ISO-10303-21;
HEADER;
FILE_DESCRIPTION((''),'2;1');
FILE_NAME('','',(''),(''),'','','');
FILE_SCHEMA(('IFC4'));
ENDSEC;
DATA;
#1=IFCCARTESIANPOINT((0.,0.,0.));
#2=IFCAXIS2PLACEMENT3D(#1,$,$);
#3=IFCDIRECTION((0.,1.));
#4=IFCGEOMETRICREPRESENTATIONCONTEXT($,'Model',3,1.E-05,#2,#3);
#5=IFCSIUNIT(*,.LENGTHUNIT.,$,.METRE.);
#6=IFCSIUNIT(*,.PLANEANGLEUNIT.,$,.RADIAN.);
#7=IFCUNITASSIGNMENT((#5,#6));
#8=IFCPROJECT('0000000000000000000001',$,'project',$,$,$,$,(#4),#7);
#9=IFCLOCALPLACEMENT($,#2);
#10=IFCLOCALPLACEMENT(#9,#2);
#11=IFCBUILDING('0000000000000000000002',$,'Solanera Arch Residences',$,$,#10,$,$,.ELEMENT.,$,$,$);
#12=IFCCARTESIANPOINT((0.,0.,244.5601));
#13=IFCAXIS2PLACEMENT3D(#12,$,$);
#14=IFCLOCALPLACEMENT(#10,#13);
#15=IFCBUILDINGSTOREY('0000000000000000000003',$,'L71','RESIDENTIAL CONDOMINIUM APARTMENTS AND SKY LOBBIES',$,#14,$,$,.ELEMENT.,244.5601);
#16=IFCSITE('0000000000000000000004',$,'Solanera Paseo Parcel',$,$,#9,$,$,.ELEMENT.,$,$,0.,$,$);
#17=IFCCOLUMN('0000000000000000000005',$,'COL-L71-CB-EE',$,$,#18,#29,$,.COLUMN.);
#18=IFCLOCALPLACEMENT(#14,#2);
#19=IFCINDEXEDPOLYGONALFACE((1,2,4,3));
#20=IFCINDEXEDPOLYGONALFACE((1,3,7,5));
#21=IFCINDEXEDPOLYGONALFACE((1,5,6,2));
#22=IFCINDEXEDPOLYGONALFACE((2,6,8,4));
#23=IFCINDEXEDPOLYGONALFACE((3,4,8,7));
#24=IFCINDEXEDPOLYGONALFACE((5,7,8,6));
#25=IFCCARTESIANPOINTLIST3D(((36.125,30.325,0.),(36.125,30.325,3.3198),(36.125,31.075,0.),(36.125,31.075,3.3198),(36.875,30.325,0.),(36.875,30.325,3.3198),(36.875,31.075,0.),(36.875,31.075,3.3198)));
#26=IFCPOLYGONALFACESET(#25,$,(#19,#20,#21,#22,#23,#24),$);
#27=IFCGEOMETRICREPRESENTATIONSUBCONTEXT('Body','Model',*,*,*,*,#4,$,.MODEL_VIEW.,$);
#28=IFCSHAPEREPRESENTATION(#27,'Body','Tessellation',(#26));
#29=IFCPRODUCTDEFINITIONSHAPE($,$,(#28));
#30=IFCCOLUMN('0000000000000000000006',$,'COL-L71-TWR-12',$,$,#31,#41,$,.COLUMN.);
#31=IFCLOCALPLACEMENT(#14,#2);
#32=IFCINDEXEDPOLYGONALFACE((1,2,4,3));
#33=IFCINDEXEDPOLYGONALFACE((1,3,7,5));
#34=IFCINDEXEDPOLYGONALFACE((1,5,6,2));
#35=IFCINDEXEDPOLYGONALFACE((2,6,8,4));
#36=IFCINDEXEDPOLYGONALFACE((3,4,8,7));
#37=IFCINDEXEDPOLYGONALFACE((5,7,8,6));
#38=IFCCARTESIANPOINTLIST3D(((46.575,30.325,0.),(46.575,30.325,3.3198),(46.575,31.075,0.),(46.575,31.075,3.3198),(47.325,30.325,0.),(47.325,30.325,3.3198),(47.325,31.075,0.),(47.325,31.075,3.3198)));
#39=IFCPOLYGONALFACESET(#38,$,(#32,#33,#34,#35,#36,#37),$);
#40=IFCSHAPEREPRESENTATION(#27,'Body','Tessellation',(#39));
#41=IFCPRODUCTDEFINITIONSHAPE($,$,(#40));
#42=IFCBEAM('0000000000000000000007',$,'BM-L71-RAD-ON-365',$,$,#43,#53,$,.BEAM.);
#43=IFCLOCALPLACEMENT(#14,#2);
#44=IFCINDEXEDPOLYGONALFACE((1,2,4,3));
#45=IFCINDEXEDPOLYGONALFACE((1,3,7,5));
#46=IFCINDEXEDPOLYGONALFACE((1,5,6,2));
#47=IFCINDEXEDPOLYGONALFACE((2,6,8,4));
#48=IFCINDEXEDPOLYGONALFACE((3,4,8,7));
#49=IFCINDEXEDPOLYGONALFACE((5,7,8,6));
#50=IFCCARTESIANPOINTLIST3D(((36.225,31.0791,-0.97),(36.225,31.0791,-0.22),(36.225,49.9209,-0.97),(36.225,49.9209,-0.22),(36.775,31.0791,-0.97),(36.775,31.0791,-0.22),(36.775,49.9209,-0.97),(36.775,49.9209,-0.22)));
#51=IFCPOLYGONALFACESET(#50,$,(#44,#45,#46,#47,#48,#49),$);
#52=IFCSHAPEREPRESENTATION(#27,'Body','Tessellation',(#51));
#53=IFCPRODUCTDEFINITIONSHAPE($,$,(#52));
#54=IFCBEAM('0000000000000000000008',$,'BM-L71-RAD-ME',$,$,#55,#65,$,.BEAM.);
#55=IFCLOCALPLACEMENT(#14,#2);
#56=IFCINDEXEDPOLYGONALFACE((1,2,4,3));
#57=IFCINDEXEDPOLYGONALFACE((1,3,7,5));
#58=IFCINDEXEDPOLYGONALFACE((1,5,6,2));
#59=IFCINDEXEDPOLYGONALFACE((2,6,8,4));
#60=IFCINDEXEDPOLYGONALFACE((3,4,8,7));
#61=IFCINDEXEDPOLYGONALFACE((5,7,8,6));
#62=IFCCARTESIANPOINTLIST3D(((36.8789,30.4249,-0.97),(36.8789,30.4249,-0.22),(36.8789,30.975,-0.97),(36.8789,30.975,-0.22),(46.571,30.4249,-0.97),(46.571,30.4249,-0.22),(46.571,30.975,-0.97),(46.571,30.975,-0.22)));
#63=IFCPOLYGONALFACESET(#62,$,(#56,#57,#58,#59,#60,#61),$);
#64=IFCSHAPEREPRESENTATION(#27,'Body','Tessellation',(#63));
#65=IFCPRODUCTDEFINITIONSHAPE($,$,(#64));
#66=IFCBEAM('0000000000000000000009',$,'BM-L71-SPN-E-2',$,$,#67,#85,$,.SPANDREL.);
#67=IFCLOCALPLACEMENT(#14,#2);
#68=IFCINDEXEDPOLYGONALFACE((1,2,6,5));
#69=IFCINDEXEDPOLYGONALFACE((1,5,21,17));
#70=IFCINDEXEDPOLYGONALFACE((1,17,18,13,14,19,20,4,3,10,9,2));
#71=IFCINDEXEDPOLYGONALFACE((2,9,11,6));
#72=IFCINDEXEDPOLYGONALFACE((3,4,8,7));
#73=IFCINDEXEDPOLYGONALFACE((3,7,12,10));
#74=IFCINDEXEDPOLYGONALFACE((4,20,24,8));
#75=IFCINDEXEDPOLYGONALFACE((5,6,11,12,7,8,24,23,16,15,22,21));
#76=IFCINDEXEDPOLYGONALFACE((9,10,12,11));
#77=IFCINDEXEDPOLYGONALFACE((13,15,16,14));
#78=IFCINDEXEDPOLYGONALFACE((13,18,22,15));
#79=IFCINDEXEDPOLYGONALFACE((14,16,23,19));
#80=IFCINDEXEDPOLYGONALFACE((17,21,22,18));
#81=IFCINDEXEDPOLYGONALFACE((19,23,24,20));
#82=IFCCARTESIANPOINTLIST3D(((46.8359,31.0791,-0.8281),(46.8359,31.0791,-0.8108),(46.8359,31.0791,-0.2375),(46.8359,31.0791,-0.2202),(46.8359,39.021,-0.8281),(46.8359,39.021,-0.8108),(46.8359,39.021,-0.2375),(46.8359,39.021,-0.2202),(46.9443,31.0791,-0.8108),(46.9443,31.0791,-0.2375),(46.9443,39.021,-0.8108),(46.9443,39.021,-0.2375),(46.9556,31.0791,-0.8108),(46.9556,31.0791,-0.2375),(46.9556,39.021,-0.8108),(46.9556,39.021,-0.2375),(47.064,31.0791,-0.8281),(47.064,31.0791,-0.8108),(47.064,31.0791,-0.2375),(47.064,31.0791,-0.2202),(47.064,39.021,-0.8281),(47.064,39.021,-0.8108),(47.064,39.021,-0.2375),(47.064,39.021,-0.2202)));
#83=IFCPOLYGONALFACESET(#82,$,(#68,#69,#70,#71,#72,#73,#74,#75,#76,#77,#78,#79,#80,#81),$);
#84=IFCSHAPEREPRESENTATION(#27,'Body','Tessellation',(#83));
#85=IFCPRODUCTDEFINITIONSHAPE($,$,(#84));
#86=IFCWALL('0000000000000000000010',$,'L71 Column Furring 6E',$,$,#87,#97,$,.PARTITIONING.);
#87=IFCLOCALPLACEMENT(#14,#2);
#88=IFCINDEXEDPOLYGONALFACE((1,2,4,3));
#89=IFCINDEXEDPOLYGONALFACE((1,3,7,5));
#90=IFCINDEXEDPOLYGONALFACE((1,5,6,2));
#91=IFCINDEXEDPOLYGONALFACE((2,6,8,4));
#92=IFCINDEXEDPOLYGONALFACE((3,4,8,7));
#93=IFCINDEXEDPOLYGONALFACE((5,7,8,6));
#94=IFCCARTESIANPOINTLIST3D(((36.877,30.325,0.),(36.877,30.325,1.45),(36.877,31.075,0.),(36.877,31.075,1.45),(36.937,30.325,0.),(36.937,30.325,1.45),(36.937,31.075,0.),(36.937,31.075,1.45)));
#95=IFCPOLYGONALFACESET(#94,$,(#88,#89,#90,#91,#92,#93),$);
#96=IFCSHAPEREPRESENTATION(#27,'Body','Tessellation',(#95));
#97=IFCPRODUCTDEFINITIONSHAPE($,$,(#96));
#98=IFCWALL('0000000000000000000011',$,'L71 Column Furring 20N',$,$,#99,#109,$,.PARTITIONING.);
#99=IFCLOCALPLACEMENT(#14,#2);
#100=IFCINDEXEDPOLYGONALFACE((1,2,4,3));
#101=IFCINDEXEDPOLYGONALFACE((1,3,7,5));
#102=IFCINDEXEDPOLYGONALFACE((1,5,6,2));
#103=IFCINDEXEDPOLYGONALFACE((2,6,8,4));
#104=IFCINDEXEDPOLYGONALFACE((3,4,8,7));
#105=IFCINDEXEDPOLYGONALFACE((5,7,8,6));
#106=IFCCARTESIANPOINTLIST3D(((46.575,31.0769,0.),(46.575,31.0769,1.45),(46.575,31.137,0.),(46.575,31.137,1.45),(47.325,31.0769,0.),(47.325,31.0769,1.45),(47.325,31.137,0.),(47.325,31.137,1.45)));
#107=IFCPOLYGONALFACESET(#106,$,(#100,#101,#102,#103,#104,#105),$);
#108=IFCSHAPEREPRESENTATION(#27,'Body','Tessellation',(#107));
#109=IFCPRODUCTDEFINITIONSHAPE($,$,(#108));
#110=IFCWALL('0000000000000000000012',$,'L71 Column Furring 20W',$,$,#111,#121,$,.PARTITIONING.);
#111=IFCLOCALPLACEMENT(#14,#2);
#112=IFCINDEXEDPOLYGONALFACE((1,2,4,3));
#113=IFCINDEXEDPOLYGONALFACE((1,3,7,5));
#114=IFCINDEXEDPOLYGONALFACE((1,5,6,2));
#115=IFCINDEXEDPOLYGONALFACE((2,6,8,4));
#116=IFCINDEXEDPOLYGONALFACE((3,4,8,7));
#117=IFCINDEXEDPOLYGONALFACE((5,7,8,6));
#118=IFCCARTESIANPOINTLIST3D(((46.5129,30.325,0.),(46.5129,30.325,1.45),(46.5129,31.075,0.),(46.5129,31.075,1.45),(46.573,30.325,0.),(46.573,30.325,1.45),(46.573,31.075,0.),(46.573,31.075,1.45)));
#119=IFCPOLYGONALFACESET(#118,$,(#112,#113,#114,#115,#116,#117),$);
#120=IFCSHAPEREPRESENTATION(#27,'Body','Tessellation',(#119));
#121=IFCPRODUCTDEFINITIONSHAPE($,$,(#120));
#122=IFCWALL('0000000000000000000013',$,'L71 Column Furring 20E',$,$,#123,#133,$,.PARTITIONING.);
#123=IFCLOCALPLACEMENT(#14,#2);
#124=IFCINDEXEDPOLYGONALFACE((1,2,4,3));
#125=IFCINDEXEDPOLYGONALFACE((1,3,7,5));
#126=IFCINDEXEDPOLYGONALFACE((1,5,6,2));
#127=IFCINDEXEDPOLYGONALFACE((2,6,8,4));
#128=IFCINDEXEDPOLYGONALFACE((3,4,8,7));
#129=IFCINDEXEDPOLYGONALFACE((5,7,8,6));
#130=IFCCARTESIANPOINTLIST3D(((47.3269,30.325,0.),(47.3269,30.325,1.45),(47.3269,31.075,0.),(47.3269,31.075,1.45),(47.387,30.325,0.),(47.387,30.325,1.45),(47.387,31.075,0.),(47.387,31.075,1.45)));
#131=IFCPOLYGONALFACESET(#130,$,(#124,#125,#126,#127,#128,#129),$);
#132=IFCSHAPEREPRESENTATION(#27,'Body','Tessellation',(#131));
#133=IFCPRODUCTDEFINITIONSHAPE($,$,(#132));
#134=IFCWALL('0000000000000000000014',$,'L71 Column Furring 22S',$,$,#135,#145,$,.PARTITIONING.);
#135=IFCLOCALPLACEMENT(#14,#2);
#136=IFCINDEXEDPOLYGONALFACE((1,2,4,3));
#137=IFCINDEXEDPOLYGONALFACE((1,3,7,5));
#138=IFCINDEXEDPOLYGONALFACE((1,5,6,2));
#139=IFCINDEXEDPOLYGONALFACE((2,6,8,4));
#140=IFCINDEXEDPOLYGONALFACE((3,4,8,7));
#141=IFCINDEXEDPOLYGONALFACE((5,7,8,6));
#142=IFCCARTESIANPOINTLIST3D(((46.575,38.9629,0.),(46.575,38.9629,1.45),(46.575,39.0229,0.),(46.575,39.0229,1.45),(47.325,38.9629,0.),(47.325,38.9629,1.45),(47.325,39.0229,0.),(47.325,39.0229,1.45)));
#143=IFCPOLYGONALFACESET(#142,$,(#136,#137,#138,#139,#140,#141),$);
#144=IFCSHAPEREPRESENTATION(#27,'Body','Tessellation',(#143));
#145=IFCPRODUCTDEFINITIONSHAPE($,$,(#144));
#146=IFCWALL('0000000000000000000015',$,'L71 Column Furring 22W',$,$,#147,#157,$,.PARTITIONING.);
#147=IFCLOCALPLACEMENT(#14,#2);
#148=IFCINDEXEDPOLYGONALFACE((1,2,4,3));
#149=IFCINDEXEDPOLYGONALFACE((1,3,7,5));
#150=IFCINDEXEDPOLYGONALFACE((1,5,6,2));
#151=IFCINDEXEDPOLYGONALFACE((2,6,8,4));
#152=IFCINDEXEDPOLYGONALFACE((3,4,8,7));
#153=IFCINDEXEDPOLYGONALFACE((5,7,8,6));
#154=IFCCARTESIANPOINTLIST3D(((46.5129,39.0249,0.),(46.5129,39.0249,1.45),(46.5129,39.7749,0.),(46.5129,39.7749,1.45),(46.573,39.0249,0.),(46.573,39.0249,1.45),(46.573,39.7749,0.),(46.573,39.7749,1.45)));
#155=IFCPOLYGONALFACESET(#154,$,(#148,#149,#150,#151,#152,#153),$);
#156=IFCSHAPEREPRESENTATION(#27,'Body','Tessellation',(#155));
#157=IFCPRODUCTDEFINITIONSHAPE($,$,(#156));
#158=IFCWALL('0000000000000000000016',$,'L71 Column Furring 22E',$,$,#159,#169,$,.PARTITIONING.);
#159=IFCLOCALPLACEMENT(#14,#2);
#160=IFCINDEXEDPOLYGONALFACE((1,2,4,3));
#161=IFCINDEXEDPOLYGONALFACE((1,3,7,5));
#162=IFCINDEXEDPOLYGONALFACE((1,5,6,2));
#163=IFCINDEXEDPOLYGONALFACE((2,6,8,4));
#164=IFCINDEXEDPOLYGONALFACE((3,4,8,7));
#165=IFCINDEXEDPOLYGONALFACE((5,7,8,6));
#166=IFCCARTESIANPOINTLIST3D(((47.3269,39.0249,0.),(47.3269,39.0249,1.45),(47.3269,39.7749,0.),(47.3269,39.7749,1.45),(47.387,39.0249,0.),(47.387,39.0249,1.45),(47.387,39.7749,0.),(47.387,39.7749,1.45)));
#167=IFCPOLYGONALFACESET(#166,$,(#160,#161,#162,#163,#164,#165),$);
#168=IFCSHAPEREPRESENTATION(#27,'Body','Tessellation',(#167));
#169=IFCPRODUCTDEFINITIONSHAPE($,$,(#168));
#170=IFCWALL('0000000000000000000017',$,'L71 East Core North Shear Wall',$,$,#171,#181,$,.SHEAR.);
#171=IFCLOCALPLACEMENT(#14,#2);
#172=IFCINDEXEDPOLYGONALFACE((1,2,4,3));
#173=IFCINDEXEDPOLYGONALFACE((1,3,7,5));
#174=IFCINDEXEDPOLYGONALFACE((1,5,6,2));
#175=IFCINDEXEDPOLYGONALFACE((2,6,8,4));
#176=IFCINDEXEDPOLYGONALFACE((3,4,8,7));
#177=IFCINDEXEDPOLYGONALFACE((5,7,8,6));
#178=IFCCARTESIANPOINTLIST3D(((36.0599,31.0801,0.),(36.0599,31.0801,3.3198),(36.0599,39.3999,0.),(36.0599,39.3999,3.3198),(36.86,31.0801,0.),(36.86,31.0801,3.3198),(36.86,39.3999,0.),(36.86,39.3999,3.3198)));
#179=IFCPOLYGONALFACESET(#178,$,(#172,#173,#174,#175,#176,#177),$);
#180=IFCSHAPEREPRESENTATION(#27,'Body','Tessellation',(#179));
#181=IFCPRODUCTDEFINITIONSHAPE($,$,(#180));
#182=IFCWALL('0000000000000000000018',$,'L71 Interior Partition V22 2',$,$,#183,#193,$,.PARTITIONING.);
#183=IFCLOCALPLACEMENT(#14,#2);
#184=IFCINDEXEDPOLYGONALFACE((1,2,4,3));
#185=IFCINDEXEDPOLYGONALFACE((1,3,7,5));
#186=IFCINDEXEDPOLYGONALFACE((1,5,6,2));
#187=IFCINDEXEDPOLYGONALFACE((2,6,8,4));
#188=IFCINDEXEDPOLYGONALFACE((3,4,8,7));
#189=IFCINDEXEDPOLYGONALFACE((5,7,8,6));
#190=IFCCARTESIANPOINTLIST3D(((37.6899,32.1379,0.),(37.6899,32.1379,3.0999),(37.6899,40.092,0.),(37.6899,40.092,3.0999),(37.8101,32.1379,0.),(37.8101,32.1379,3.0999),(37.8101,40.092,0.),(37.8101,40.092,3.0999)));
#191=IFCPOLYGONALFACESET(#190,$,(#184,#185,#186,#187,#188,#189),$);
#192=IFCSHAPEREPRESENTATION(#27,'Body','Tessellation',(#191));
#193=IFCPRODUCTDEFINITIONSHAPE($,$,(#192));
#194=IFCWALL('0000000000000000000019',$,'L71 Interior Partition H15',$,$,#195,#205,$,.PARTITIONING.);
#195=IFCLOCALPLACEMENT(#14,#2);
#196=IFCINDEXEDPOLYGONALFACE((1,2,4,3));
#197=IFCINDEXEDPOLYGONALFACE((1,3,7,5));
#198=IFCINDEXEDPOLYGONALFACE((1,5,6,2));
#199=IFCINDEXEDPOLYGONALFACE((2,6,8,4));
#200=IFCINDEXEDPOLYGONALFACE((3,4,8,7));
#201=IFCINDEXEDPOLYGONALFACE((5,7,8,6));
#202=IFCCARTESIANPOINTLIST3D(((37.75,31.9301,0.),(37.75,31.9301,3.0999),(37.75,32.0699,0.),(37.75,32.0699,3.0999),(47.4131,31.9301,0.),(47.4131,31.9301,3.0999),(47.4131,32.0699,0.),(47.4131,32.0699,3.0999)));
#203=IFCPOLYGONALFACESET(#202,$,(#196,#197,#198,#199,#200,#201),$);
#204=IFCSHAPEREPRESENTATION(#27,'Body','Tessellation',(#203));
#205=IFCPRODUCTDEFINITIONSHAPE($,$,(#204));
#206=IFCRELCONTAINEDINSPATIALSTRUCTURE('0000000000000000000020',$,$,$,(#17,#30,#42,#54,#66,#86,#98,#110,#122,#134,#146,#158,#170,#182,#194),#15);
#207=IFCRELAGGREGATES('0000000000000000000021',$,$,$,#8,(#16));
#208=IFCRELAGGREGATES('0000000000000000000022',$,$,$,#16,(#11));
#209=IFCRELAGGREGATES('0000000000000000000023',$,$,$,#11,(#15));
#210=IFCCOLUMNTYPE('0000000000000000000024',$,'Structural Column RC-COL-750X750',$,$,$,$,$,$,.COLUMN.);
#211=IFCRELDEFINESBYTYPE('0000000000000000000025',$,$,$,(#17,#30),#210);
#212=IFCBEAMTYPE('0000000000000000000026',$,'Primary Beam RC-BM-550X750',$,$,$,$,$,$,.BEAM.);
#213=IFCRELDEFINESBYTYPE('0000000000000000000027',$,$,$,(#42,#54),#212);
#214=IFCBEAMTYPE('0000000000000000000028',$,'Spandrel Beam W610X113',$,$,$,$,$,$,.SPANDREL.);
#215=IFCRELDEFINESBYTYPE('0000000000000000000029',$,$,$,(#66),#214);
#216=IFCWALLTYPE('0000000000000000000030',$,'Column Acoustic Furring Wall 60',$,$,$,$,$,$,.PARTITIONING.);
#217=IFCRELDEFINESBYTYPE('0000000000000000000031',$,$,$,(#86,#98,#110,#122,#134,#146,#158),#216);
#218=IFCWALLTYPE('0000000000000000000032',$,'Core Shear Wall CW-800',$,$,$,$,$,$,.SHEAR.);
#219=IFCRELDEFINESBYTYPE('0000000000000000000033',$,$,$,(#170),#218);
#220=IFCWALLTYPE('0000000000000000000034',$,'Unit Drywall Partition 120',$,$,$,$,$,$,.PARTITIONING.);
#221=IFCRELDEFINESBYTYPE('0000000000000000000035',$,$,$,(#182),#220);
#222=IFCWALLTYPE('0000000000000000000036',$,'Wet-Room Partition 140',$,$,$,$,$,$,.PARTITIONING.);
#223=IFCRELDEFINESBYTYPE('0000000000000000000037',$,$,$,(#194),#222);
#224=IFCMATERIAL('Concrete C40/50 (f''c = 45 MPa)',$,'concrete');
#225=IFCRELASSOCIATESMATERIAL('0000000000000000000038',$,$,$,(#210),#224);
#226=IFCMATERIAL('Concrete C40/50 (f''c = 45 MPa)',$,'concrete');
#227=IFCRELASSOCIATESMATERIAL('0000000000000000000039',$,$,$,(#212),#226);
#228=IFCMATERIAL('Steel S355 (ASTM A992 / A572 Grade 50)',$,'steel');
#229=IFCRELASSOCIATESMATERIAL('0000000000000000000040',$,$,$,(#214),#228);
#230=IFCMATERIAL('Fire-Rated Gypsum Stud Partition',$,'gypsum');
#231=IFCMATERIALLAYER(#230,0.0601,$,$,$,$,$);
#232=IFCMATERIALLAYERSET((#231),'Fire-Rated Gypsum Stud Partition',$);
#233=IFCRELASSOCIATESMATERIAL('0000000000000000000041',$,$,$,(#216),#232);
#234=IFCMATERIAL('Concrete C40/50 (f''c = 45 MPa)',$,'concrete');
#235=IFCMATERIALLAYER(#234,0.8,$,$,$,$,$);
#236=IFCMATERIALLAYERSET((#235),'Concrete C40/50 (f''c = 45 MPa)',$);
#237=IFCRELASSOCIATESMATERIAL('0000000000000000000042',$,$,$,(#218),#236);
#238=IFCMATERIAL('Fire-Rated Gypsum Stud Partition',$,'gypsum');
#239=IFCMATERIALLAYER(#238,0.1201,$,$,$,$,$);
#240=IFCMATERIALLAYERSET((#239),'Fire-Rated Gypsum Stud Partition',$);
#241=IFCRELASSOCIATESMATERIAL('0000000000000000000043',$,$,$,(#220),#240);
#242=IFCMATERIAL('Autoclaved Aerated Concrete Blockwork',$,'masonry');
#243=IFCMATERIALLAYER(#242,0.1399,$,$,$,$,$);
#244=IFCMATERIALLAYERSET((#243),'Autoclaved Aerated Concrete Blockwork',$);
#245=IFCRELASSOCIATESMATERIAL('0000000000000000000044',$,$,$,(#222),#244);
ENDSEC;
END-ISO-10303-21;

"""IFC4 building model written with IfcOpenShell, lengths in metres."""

from ifc_helpers import new_model, si_unit, direction, frame, frame_2d, origin, origin_2d, place, context, subcontext, project, spatial, rectangle, i_section, extrude, material, layer, layer_set, material_profile, profile_set, type_object, element, save


model = new_model("IFC4")

# Units and contexts
model_context = context("Model", 3, precision=1e-05, world=origin(), true_north=direction((0.0, 1.0)))
body_context = subcontext(model_context, "Body", "Model", "MODEL_VIEW")
ifc_project = project(units=[si_unit("LENGTHUNIT", "METRE"), si_unit("PLANEANGLEUNIT", "RADIAN")], contexts=[model_context])

# Site, building, storey
site_placement = place(None, origin())
site = spatial("IfcSite", under=ifc_project, at=site_placement, Name="Solanera Paseo Parcel", CompositionType="ELEMENT", RefElevation=0.0)
building_placement = place(site_placement, origin())
building = spatial("IfcBuilding", under=site, at=building_placement, Name="Solanera Arch Residences", CompositionType="ELEMENT")
storey_placement = place(building_placement, frame((0.0, 0.0, 244.5601)))
storey = spatial("IfcBuildingStorey", under=building, at=storey_placement, Name="L71", Description="RESIDENTIAL CONDOMINIUM APARTMENTS AND SKY LOBBIES", CompositionType="ELEMENT", Elevation=244.5601)

# Columns
ifc_material_1 = material(Name="Concrete C40/50 (f'c = 45 MPa)", Category="concrete")
ifc_material_profile_1 = material_profile(ifc_material_1, rectangle(XDim=0.75, YDim=0.75, at=origin_2d()))
ifc_profile_set_1 = profile_set([ifc_material_profile_1], Name="Concrete C40/50 (f'c = 45 MPa)")
column_type = type_object("IfcColumnType", Name="Structural Column RC-COL-750X750", PredefinedType="COLUMN", material=ifc_profile_set_1)
for number, where, z_axis, x_axis, name in (
    (1, (36.5, 30.7, 0.0), (0.0, 0.0, 1.0), (1.0, 0.0, 0.0), "COL-L71-CB-EE"),
    (2, (46.95, 30.7, 0.0), (0.0, 0.0, 1.0), (1.0, 0.0, 0.0), "COL-L71-TWR-12"),
):
    element("IfcColumn", number, at=place(storey_placement, frame(where, z_axis=z_axis, x_axis=x_axis)), inside=storey, type_object=column_type, Name=name, PredefinedType="COLUMN", context=body_context, shape_type="SweptSolid", body=[
        extrude(rectangle(XDim=0.75, YDim=0.75, at=origin_2d()), origin(), (0.0, 0.0, 1.0), 3.3198),
    ])

# Beams
ifc_material_2 = material(Name="Concrete C40/50 (f'c = 45 MPa)", Category="concrete")
ifc_material_profile_2 = material_profile(ifc_material_2, rectangle(XDim=0.55, YDim=0.75, at=origin_2d()))
ifc_profile_set_2 = profile_set([ifc_material_profile_2], Name="Concrete C40/50 (f'c = 45 MPa)")
beam_type_1 = type_object("IfcBeamType", Name="Primary Beam RC-BM-550X750", PredefinedType="BEAM", material=ifc_profile_set_2)
beam_1_placement = place(storey_placement, frame((36.5, 31.0791, -0.595), z_axis=(0.0, 1.0, 0.0), x_axis=(-1.0, 0.0, 0.0)))
element("IfcBeam", 3, at=beam_1_placement, inside=storey, type_object=beam_type_1, Name="BM-L71-RAD-ON-365", PredefinedType="BEAM", context=body_context, shape_type="SweptSolid", body=[
    extrude(rectangle(XDim=0.55, YDim=0.75, at=origin_2d()), origin(), (0.0, 0.0, 1.0), 18.8418),
])
beam_2_placement = place(storey_placement, frame((36.8789, 30.7, -0.595), z_axis=(1.0, 0.0, 0.0), x_axis=(0.0, 1.0, 0.0)))
element("IfcBeam", 4, at=beam_2_placement, inside=storey, type_object=beam_type_1, Name="BM-L71-RAD-ME", PredefinedType="BEAM", context=body_context, shape_type="SweptSolid", body=[
    extrude(rectangle(XDim=0.55, YDim=0.75, at=origin_2d()), origin(), (0.0, 0.0, 1.0), 9.6921),
])
ifc_material_3 = material(Name="Steel S355 (ASTM A992 / A572 Grade 50)", Category="steel")
ifc_material_profile_3 = material_profile(ifc_material_3, i_section(OverallWidth=0.228, OverallDepth=0.6079, WebThickness=0.0112, FlangeThickness=0.0173, at=origin_2d()))
ifc_profile_set_3 = profile_set([ifc_material_profile_3], Name="Steel S355 (ASTM A992 / A572 Grade 50)")
beam_type_2 = type_object("IfcBeamType", Name="Spandrel Beam W610X113", PredefinedType="SPANDREL", material=ifc_profile_set_3)
beam_3_placement = place(storey_placement, frame((46.95, 31.0791, -0.5242), z_axis=(0.0, 1.0, 0.0), x_axis=(-1.0, 0.0, 0.0)))
element("IfcBeam", 5, at=beam_3_placement, inside=storey, type_object=beam_type_2, Name="BM-L71-SPN-E-2", PredefinedType="SPANDREL", context=body_context, shape_type="SweptSolid", body=[
    extrude(i_section(OverallWidth=0.228, OverallDepth=0.6079, WebThickness=0.0112, FlangeThickness=0.0173, at=origin_2d()), origin(), (0.0, 0.0, 1.0), 7.9419),
])

# Walls
ifc_material_4 = material(Name="Fire-Rated Gypsum Stud Partition", Category="gypsum")
ifc_layer_1 = layer(ifc_material_4, 0.0601)
ifc_layer_set_1 = layer_set([ifc_layer_1], Name="Fire-Rated Gypsum Stud Partition")
wall_type_1 = type_object("IfcWallType", Name="Column Acoustic Furring Wall 60", PredefinedType="PARTITIONING", material=ifc_layer_set_1)
for number, where, z_axis, x_axis, name in (
    (6, (36.907, 30.325, 0.0), (0.0, 0.0, 1.0), (0.0, 1.0, 0.0), "L71 Column Furring 6E"),
    (7, (46.575, 31.1069, 0.0), (0.0, 0.0, 1.0), (1.0, 0.0, 0.0), "L71 Column Furring 20N"),
    (8, (46.543, 30.325, 0.0), (0.0, 0.0, 1.0), (0.0, 1.0, 0.0), "L71 Column Furring 20W"),
    (9, (47.3569, 30.325, 0.0), (0.0, 0.0, 1.0), (0.0, 1.0, 0.0), "L71 Column Furring 20E"),
    (10, (46.575, 38.9929, 0.0), (0.0, 0.0, 1.0), (1.0, 0.0, 0.0), "L71 Column Furring 22S"),
    (11, (46.543, 39.0249, 0.0), (0.0, 0.0, 1.0), (0.0, 1.0, 0.0), "L71 Column Furring 22W"),
    (12, (47.3569, 39.0249, 0.0), (0.0, 0.0, 1.0), (0.0, 1.0, 0.0), "L71 Column Furring 22E"),
):
    element("IfcWall", number, at=place(storey_placement, frame(where, z_axis=z_axis, x_axis=x_axis)), inside=storey, type_object=wall_type_1, Name=name, PredefinedType="PARTITIONING", context=body_context, shape_type="SweptSolid", body=[
        extrude(rectangle(XDim=0.75, YDim=0.0601, at=frame_2d((0.375, 0.0))), origin(), (0.0, 0.0, 1.0), 1.45),
    ])
ifc_material_5 = material(Name="Concrete C40/50 (f'c = 45 MPa)", Category="concrete")
ifc_layer_2 = layer(ifc_material_5, 0.8)
ifc_layer_set_2 = layer_set([ifc_layer_2], Name="Concrete C40/50 (f'c = 45 MPa)")
wall_type_2 = type_object("IfcWallType", Name="Core Shear Wall CW-800", PredefinedType="SHEAR", material=ifc_layer_set_2)
wall_1_placement = place(storey_placement, frame((36.46, 31.0801, 0.0), z_axis=(0.0, 0.0, 1.0), x_axis=(0.0, 1.0, 0.0)))
element("IfcWall", 13, at=wall_1_placement, inside=storey, type_object=wall_type_2, Name="L71 East Core North Shear Wall", PredefinedType="SHEAR", context=body_context, shape_type="SweptSolid", body=[
    extrude(rectangle(XDim=8.3198, YDim=0.8, at=frame_2d((4.1599, 0.0))), origin(), (0.0, 0.0, 1.0), 3.3198),
])
ifc_material_6 = material(Name="Fire-Rated Gypsum Stud Partition", Category="gypsum")
ifc_layer_3 = layer(ifc_material_6, 0.1201)
ifc_layer_set_3 = layer_set([ifc_layer_3], Name="Fire-Rated Gypsum Stud Partition")
wall_type_3 = type_object("IfcWallType", Name="Unit Drywall Partition 120", PredefinedType="PARTITIONING", material=ifc_layer_set_3)
wall_2_placement = place(storey_placement, frame((37.75, 32.1379, 0.0), z_axis=(0.0, 0.0, 1.0), x_axis=(0.0, 1.0, 0.0)))
element("IfcWall", 14, at=wall_2_placement, inside=storey, type_object=wall_type_3, Name="L71 Interior Partition V22 2", PredefinedType="PARTITIONING", context=body_context, shape_type="SweptSolid", body=[
    extrude(rectangle(XDim=7.9541, YDim=0.1201, at=frame_2d((3.9771, 0.0))), origin(), (0.0, 0.0, 1.0), 3.0999),
])
ifc_material_7 = material(Name="Autoclaved Aerated Concrete Blockwork", Category="masonry")
ifc_layer_4 = layer(ifc_material_7, 0.1399)
ifc_layer_set_4 = layer_set([ifc_layer_4], Name="Autoclaved Aerated Concrete Blockwork")
wall_type_4 = type_object("IfcWallType", Name="Wet-Room Partition 140", PredefinedType="PARTITIONING", material=ifc_layer_set_4)
wall_3_placement = place(storey_placement, frame((37.75, 32.0, 0.0), z_axis=(0.0, 0.0, 1.0), x_axis=(1.0, 0.0, 0.0)))
element("IfcWall", 15, at=wall_3_placement, inside=storey, type_object=wall_type_4, Name="L71 Interior Partition H15", PredefinedType="PARTITIONING", context=body_context, shape_type="SweptSolid", body=[
    extrude(rectangle(XDim=9.6631, YDim=0.1399, at=frame_2d((4.8315, 0.0))), origin(), (0.0, 0.0, 1.0), 3.0999),
])

save(model, "model.ifc")
